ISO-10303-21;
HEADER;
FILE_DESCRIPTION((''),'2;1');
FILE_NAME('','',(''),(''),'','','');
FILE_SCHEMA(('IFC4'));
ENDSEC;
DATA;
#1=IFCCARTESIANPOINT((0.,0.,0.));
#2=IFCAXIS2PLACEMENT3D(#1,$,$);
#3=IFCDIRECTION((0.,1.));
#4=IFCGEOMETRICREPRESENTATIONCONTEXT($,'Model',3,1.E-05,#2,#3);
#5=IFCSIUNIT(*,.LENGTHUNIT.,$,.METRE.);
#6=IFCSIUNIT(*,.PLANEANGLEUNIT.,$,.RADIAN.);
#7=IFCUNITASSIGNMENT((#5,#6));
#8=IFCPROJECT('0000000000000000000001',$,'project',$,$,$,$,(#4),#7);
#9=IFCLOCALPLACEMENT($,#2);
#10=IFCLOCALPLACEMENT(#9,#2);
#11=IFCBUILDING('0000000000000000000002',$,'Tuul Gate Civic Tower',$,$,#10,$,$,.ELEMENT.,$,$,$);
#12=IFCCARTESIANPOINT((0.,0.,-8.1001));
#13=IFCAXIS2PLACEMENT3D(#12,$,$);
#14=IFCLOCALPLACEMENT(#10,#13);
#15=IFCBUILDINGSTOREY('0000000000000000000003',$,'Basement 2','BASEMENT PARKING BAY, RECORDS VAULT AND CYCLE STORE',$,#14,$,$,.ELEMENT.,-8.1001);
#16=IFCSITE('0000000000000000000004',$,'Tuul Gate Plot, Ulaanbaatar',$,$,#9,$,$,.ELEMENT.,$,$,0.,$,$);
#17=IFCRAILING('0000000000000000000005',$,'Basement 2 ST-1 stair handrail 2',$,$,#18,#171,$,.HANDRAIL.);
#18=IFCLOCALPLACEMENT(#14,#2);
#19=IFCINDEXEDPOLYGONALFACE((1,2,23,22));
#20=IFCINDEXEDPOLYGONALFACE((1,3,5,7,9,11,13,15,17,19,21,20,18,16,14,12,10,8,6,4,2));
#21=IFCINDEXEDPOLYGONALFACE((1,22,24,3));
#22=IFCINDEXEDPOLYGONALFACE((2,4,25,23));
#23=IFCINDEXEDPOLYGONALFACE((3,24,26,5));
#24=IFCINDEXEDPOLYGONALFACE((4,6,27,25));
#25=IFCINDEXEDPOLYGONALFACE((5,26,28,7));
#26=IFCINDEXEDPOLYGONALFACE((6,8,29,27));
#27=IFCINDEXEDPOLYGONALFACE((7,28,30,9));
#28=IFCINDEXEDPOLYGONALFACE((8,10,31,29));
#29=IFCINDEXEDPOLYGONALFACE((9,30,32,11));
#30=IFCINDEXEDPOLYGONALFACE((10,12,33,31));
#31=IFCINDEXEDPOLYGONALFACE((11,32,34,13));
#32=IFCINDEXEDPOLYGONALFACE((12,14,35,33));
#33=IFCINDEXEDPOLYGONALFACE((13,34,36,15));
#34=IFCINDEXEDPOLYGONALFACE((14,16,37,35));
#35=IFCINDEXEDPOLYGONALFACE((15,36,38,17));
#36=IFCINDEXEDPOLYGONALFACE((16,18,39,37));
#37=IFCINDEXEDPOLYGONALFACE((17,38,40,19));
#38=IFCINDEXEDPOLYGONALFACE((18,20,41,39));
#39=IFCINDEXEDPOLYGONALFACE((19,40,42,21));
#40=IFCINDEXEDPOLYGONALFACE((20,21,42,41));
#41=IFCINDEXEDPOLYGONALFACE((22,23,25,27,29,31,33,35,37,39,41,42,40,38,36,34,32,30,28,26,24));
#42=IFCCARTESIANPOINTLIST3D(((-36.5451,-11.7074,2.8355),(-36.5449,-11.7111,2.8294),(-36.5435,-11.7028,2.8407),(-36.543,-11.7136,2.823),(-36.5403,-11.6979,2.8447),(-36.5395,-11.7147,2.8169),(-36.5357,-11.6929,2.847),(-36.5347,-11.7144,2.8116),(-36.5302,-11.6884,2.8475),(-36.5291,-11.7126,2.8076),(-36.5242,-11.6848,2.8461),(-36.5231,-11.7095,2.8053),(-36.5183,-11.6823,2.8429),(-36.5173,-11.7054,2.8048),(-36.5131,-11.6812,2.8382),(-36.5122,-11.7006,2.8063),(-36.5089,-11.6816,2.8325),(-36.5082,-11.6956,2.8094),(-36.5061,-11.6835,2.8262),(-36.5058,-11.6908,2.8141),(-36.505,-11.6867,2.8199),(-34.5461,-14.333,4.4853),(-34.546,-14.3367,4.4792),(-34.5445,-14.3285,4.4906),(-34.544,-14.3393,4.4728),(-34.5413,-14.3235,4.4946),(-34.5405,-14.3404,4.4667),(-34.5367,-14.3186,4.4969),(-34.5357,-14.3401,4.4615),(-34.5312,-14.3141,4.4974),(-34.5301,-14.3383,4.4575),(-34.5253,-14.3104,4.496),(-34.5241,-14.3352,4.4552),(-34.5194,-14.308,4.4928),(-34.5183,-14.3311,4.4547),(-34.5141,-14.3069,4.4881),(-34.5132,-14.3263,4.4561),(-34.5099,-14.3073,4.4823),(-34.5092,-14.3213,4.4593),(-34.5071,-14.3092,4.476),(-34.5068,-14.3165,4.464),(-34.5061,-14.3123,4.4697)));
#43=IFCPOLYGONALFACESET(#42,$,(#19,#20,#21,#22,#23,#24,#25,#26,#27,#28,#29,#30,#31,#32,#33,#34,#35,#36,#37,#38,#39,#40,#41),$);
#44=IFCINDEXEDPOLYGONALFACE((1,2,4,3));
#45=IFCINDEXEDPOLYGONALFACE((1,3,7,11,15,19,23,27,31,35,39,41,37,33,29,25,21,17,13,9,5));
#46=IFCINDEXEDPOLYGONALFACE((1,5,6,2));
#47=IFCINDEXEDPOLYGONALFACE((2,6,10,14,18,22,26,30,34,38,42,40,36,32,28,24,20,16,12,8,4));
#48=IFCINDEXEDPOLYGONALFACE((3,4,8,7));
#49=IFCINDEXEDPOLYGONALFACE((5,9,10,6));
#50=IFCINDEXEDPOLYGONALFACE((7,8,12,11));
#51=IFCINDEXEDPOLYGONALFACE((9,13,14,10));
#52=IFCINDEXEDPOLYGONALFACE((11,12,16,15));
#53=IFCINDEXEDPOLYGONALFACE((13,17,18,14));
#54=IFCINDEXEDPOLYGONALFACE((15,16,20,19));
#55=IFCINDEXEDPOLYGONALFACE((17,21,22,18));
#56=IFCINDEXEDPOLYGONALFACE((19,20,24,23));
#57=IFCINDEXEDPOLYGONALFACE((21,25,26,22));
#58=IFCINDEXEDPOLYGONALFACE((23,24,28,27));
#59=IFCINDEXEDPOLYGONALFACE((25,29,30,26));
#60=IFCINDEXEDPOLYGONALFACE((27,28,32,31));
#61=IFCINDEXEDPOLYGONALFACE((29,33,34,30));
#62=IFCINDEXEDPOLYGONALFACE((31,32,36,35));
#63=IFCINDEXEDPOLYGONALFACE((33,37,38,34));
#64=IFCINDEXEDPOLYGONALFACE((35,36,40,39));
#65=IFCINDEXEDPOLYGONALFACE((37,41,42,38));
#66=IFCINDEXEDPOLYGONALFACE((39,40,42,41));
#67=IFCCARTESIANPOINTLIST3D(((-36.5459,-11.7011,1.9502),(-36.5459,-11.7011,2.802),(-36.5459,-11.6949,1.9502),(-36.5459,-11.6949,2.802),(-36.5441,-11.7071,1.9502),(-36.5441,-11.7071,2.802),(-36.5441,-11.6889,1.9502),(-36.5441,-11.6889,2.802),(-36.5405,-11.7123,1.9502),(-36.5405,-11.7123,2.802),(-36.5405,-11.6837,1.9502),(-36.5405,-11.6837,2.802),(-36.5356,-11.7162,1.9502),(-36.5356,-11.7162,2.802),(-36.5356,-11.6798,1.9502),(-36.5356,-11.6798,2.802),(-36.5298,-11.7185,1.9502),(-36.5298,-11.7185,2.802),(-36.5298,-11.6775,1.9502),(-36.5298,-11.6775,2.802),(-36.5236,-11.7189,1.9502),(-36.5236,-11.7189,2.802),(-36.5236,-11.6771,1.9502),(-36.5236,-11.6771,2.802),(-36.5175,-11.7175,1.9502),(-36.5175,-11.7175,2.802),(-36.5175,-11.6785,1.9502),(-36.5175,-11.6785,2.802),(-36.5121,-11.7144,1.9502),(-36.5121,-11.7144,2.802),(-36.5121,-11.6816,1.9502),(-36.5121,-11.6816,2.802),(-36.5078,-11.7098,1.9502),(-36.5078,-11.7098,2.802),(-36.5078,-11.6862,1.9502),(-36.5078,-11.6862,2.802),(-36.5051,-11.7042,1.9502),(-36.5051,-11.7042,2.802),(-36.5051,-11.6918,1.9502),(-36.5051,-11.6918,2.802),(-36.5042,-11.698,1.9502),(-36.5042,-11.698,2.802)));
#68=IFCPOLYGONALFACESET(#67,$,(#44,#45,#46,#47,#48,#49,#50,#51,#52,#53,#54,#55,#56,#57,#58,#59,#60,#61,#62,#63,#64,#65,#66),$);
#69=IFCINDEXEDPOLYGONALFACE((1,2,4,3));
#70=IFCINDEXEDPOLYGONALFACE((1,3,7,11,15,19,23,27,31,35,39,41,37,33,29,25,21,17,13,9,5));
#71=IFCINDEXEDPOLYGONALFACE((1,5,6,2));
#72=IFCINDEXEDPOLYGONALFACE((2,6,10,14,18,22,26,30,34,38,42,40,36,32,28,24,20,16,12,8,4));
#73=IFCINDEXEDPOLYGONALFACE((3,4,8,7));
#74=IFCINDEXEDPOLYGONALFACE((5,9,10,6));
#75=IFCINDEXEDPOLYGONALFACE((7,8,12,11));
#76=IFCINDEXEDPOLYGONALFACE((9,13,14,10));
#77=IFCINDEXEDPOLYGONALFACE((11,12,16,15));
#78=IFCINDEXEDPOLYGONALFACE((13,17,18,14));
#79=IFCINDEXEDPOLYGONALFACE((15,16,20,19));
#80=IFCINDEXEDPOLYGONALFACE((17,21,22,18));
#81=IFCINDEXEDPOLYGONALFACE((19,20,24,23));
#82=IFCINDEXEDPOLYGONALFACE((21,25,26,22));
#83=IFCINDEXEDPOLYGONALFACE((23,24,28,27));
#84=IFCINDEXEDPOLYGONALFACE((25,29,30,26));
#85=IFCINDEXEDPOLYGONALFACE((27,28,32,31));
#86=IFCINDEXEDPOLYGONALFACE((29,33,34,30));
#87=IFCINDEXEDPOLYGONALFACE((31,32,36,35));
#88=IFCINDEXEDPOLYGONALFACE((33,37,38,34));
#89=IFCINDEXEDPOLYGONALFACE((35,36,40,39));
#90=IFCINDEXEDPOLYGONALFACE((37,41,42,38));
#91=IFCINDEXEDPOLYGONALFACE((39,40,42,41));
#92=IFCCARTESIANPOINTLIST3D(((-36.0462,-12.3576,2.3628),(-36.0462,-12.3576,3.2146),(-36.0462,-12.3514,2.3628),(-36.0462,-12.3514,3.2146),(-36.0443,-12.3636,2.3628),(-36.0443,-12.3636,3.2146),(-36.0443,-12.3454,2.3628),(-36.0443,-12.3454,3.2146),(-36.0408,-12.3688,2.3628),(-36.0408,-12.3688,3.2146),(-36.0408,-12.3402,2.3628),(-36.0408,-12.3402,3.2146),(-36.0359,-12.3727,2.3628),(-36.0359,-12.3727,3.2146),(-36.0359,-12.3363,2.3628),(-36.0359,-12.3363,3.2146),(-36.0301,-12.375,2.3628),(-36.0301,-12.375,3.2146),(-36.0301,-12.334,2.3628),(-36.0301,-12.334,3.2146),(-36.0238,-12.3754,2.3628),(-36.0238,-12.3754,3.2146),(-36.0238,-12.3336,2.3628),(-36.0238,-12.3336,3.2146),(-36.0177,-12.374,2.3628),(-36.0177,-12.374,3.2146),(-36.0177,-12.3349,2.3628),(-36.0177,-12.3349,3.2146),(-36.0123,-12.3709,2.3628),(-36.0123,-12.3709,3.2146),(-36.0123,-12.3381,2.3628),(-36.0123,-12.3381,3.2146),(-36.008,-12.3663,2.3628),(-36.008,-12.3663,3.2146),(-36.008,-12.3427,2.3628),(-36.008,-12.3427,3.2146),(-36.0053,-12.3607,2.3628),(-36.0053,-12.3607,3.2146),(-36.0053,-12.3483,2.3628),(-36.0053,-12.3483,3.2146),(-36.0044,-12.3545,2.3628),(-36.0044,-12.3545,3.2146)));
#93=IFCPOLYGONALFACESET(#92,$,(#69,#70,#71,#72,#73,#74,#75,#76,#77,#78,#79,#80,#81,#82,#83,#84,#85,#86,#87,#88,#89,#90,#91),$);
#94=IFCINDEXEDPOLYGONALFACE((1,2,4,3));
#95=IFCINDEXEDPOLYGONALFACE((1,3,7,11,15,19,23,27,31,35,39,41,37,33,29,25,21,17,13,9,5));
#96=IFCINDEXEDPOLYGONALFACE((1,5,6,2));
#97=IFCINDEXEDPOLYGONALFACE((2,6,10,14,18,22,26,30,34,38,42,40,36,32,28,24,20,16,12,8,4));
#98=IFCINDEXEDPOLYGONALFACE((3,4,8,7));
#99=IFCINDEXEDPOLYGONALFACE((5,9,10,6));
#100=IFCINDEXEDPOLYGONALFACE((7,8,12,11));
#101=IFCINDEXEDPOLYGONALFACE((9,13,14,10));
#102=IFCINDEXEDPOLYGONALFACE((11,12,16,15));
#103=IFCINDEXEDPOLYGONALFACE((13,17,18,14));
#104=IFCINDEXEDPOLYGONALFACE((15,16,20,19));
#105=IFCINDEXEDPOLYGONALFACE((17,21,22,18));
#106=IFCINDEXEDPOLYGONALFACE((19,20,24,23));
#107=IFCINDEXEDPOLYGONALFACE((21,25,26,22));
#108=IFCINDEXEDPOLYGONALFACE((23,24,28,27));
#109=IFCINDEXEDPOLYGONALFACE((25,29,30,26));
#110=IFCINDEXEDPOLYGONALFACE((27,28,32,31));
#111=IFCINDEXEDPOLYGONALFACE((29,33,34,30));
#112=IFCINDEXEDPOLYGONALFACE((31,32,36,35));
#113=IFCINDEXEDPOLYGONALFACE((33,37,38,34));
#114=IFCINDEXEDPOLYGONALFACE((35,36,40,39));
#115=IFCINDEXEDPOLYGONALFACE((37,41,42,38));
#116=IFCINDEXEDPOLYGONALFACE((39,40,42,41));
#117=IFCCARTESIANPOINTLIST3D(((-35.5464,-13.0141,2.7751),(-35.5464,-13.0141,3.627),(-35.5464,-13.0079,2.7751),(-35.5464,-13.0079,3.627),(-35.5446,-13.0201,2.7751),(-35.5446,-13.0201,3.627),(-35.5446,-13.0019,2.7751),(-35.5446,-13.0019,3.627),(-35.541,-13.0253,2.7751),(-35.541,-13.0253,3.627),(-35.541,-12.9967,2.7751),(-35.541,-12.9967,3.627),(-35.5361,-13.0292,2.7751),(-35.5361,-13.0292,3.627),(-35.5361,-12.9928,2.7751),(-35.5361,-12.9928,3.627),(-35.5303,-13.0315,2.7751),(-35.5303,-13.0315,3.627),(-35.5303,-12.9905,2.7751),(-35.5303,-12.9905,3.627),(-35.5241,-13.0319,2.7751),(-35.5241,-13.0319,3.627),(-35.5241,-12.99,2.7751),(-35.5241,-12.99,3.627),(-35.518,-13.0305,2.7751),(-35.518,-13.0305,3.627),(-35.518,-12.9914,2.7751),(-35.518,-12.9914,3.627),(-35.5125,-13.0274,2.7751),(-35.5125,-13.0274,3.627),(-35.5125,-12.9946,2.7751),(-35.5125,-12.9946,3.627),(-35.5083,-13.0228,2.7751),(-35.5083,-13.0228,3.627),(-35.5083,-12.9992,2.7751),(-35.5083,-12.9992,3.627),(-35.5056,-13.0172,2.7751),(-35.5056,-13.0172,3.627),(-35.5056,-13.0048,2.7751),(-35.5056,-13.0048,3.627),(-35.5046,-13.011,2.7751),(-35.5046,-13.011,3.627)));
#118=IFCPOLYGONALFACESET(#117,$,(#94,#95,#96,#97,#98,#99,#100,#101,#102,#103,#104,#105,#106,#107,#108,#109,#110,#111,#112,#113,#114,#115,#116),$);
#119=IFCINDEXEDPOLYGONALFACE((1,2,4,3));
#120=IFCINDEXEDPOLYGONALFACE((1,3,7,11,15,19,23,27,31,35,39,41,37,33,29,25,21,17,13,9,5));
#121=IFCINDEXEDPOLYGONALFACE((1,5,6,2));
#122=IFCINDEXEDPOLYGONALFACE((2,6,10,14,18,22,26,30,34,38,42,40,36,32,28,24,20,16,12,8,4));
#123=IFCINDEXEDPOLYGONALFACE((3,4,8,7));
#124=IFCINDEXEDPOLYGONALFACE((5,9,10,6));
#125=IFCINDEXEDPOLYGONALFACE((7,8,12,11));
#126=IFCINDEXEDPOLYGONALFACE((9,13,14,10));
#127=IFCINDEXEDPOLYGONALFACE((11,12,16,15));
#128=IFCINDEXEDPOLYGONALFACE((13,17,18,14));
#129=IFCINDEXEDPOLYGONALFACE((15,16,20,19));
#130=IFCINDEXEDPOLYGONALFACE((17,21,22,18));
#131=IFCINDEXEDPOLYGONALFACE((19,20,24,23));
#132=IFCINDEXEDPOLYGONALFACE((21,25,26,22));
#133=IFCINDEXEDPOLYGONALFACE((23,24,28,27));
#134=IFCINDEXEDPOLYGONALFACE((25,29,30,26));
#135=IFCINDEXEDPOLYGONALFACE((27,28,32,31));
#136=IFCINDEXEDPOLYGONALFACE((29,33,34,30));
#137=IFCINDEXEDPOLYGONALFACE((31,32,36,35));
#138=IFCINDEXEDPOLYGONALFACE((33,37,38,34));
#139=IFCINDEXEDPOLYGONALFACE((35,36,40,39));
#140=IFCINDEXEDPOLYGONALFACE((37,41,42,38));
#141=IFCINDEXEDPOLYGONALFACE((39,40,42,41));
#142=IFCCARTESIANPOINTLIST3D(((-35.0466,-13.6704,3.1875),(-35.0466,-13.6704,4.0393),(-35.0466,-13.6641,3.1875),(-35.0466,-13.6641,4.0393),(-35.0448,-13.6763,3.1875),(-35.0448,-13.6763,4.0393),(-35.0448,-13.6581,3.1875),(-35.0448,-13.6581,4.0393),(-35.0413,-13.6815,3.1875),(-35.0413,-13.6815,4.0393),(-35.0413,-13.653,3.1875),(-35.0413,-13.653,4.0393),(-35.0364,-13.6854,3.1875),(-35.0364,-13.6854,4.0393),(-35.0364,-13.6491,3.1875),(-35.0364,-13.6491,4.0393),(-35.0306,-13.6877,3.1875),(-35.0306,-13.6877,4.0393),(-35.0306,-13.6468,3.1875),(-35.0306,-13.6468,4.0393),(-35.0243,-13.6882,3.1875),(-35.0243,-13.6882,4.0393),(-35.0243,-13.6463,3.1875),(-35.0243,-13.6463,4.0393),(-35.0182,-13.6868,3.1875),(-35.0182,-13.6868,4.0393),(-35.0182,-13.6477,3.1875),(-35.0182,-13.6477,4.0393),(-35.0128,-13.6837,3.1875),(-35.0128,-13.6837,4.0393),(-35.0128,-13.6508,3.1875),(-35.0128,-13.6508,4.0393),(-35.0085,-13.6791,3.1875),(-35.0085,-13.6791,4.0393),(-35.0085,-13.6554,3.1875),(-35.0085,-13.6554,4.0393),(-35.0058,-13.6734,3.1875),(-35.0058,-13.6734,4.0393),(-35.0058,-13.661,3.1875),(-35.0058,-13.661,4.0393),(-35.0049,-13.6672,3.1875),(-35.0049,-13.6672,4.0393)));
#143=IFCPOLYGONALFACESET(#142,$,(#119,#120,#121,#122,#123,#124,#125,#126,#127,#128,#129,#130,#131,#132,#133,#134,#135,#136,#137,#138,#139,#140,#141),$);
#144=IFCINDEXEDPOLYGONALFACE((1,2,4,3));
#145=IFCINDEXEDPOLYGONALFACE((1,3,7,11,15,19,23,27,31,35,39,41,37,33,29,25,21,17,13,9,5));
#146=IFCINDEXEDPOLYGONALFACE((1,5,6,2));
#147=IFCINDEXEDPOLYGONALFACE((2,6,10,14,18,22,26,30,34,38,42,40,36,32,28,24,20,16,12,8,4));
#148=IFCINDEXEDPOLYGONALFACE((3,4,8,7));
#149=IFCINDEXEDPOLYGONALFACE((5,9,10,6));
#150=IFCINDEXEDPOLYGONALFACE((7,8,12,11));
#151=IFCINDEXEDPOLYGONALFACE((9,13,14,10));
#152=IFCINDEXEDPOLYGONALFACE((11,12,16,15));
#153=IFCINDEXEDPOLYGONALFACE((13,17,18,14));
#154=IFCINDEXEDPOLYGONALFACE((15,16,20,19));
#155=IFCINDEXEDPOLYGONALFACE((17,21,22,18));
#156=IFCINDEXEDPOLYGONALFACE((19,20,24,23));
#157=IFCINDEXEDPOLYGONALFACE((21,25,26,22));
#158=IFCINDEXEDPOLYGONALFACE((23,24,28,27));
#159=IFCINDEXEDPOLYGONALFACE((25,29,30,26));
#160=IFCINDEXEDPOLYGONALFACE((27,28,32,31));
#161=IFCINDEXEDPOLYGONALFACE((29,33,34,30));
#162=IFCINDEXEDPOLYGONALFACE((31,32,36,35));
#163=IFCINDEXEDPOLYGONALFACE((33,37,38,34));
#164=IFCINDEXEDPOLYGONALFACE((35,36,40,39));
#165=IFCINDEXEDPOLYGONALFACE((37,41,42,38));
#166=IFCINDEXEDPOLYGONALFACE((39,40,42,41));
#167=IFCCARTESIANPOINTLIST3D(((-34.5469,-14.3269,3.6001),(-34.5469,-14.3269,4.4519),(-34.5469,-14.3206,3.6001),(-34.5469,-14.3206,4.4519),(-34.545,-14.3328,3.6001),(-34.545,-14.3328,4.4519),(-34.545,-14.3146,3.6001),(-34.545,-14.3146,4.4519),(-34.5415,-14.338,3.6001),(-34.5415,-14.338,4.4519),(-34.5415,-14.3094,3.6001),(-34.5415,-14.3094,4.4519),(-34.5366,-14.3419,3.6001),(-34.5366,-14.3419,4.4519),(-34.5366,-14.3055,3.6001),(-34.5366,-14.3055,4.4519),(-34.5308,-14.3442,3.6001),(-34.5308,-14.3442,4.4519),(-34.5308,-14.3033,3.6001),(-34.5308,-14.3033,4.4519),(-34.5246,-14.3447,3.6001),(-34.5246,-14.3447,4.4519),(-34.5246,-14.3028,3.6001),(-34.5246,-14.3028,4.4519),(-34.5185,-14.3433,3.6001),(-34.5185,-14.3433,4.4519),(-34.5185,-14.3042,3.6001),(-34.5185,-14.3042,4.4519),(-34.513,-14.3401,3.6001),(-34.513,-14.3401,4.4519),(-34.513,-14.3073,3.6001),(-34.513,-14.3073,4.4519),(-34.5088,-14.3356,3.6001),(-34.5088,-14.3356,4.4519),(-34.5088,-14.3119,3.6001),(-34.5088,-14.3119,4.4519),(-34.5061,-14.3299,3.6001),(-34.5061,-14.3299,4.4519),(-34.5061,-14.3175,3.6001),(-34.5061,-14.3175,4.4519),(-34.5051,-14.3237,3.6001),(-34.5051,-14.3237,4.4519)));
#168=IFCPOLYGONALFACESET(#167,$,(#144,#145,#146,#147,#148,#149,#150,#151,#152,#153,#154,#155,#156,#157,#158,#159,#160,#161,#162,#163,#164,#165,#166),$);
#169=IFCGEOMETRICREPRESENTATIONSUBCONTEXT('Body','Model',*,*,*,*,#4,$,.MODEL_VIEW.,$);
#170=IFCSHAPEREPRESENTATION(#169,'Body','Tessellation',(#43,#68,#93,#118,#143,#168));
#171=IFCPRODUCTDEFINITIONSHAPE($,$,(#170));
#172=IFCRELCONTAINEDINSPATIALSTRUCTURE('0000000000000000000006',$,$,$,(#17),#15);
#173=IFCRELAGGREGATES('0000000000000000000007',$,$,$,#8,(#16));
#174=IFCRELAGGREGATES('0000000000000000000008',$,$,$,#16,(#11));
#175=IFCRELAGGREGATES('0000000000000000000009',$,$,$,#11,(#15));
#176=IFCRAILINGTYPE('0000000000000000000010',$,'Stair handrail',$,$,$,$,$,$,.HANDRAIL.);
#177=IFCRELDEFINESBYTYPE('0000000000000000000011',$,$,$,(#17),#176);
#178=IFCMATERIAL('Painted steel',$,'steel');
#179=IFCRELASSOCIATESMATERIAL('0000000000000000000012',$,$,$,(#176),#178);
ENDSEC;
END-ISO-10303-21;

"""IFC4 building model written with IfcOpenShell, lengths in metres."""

from ifc_helpers import new_model, si_unit, direction, frame, origin, origin_2d, place, context, subcontext, project, spatial, circle, extrude, material, type_object, element, save


model = new_model("IFC4")

# Units and contexts
model_context = context("Model", 3, precision=1e-05, world=origin(), true_north=direction((0.0, 1.0)))
body_context = subcontext(model_context, "Body", "Model", "MODEL_VIEW")
ifc_project = project(units=[si_unit("LENGTHUNIT", "METRE"), si_unit("PLANEANGLEUNIT", "RADIAN")], contexts=[model_context])

# Site, building, storey
site_placement = place(None, origin())
site = spatial("IfcSite", under=ifc_project, at=site_placement, Name="Tuul Gate Plot, Ulaanbaatar", CompositionType="ELEMENT", RefElevation=0.0)
building_placement = place(site_placement, origin())
building = spatial("IfcBuilding", under=site, at=building_placement, Name="Tuul Gate Civic Tower", CompositionType="ELEMENT")
storey_placement = place(building_placement, frame((0.0, 0.0, -8.1001)))
storey = spatial("IfcBuildingStorey", under=building, at=storey_placement, Name="Basement 2", Description="BASEMENT PARKING BAY, RECORDS VAULT AND CYCLE STORE", CompositionType="ELEMENT", Elevation=-8.1001)

# Railing
ifc_material_1 = material(Name="Painted steel", Category="steel")
railing_type_1 = type_object("IfcRailingType", Name="Stair handrail", PredefinedType="HANDRAIL", material=ifc_material_1)
railing_1_placement = place(storey_placement, frame((-36.5251, -11.698, 1.9502)))
element("IfcRailing", 1, at=railing_1_placement, inside=storey, type_object=railing_type_1, Name="Basement 2 ST-1 stair handrail 2", PredefinedType="HANDRAIL", context=body_context, shape_type="SweptSolid", body=[
    extrude(circle(Radius=0.0239, at=origin_2d()), frame((0.0, 0.0, 0.876), z_axis=(0.541808, -0.711668, 0.447183), x_axis=(0.795656, 0.605749, 0.0)), (0.0, 0.0, 1.0), 3.6895),
    extrude(circle(Radius=0.021, at=origin_2d()), origin(), (0.0, 0.0, 1.0), 0.8518),
    extrude(circle(Radius=0.021, at=origin_2d()), frame((0.4998, -0.6565, 0.4126)), (0.0, 0.0, 1.0), 0.8518),
    extrude(circle(Radius=0.021, at=origin_2d()), frame((0.9995, -1.313, 0.825)), (0.0, 0.0, 1.0), 0.8518),
    extrude(circle(Radius=0.021, at=origin_2d()), frame((1.4993, -1.9692, 1.2373)), (0.0, 0.0, 1.0), 0.8518),
    extrude(circle(Radius=0.021, at=origin_2d()), frame((1.999, -2.6257, 1.6499)), (0.0, 0.0, 1.0), 0.8518),
])

save(model, "model.ifc")
